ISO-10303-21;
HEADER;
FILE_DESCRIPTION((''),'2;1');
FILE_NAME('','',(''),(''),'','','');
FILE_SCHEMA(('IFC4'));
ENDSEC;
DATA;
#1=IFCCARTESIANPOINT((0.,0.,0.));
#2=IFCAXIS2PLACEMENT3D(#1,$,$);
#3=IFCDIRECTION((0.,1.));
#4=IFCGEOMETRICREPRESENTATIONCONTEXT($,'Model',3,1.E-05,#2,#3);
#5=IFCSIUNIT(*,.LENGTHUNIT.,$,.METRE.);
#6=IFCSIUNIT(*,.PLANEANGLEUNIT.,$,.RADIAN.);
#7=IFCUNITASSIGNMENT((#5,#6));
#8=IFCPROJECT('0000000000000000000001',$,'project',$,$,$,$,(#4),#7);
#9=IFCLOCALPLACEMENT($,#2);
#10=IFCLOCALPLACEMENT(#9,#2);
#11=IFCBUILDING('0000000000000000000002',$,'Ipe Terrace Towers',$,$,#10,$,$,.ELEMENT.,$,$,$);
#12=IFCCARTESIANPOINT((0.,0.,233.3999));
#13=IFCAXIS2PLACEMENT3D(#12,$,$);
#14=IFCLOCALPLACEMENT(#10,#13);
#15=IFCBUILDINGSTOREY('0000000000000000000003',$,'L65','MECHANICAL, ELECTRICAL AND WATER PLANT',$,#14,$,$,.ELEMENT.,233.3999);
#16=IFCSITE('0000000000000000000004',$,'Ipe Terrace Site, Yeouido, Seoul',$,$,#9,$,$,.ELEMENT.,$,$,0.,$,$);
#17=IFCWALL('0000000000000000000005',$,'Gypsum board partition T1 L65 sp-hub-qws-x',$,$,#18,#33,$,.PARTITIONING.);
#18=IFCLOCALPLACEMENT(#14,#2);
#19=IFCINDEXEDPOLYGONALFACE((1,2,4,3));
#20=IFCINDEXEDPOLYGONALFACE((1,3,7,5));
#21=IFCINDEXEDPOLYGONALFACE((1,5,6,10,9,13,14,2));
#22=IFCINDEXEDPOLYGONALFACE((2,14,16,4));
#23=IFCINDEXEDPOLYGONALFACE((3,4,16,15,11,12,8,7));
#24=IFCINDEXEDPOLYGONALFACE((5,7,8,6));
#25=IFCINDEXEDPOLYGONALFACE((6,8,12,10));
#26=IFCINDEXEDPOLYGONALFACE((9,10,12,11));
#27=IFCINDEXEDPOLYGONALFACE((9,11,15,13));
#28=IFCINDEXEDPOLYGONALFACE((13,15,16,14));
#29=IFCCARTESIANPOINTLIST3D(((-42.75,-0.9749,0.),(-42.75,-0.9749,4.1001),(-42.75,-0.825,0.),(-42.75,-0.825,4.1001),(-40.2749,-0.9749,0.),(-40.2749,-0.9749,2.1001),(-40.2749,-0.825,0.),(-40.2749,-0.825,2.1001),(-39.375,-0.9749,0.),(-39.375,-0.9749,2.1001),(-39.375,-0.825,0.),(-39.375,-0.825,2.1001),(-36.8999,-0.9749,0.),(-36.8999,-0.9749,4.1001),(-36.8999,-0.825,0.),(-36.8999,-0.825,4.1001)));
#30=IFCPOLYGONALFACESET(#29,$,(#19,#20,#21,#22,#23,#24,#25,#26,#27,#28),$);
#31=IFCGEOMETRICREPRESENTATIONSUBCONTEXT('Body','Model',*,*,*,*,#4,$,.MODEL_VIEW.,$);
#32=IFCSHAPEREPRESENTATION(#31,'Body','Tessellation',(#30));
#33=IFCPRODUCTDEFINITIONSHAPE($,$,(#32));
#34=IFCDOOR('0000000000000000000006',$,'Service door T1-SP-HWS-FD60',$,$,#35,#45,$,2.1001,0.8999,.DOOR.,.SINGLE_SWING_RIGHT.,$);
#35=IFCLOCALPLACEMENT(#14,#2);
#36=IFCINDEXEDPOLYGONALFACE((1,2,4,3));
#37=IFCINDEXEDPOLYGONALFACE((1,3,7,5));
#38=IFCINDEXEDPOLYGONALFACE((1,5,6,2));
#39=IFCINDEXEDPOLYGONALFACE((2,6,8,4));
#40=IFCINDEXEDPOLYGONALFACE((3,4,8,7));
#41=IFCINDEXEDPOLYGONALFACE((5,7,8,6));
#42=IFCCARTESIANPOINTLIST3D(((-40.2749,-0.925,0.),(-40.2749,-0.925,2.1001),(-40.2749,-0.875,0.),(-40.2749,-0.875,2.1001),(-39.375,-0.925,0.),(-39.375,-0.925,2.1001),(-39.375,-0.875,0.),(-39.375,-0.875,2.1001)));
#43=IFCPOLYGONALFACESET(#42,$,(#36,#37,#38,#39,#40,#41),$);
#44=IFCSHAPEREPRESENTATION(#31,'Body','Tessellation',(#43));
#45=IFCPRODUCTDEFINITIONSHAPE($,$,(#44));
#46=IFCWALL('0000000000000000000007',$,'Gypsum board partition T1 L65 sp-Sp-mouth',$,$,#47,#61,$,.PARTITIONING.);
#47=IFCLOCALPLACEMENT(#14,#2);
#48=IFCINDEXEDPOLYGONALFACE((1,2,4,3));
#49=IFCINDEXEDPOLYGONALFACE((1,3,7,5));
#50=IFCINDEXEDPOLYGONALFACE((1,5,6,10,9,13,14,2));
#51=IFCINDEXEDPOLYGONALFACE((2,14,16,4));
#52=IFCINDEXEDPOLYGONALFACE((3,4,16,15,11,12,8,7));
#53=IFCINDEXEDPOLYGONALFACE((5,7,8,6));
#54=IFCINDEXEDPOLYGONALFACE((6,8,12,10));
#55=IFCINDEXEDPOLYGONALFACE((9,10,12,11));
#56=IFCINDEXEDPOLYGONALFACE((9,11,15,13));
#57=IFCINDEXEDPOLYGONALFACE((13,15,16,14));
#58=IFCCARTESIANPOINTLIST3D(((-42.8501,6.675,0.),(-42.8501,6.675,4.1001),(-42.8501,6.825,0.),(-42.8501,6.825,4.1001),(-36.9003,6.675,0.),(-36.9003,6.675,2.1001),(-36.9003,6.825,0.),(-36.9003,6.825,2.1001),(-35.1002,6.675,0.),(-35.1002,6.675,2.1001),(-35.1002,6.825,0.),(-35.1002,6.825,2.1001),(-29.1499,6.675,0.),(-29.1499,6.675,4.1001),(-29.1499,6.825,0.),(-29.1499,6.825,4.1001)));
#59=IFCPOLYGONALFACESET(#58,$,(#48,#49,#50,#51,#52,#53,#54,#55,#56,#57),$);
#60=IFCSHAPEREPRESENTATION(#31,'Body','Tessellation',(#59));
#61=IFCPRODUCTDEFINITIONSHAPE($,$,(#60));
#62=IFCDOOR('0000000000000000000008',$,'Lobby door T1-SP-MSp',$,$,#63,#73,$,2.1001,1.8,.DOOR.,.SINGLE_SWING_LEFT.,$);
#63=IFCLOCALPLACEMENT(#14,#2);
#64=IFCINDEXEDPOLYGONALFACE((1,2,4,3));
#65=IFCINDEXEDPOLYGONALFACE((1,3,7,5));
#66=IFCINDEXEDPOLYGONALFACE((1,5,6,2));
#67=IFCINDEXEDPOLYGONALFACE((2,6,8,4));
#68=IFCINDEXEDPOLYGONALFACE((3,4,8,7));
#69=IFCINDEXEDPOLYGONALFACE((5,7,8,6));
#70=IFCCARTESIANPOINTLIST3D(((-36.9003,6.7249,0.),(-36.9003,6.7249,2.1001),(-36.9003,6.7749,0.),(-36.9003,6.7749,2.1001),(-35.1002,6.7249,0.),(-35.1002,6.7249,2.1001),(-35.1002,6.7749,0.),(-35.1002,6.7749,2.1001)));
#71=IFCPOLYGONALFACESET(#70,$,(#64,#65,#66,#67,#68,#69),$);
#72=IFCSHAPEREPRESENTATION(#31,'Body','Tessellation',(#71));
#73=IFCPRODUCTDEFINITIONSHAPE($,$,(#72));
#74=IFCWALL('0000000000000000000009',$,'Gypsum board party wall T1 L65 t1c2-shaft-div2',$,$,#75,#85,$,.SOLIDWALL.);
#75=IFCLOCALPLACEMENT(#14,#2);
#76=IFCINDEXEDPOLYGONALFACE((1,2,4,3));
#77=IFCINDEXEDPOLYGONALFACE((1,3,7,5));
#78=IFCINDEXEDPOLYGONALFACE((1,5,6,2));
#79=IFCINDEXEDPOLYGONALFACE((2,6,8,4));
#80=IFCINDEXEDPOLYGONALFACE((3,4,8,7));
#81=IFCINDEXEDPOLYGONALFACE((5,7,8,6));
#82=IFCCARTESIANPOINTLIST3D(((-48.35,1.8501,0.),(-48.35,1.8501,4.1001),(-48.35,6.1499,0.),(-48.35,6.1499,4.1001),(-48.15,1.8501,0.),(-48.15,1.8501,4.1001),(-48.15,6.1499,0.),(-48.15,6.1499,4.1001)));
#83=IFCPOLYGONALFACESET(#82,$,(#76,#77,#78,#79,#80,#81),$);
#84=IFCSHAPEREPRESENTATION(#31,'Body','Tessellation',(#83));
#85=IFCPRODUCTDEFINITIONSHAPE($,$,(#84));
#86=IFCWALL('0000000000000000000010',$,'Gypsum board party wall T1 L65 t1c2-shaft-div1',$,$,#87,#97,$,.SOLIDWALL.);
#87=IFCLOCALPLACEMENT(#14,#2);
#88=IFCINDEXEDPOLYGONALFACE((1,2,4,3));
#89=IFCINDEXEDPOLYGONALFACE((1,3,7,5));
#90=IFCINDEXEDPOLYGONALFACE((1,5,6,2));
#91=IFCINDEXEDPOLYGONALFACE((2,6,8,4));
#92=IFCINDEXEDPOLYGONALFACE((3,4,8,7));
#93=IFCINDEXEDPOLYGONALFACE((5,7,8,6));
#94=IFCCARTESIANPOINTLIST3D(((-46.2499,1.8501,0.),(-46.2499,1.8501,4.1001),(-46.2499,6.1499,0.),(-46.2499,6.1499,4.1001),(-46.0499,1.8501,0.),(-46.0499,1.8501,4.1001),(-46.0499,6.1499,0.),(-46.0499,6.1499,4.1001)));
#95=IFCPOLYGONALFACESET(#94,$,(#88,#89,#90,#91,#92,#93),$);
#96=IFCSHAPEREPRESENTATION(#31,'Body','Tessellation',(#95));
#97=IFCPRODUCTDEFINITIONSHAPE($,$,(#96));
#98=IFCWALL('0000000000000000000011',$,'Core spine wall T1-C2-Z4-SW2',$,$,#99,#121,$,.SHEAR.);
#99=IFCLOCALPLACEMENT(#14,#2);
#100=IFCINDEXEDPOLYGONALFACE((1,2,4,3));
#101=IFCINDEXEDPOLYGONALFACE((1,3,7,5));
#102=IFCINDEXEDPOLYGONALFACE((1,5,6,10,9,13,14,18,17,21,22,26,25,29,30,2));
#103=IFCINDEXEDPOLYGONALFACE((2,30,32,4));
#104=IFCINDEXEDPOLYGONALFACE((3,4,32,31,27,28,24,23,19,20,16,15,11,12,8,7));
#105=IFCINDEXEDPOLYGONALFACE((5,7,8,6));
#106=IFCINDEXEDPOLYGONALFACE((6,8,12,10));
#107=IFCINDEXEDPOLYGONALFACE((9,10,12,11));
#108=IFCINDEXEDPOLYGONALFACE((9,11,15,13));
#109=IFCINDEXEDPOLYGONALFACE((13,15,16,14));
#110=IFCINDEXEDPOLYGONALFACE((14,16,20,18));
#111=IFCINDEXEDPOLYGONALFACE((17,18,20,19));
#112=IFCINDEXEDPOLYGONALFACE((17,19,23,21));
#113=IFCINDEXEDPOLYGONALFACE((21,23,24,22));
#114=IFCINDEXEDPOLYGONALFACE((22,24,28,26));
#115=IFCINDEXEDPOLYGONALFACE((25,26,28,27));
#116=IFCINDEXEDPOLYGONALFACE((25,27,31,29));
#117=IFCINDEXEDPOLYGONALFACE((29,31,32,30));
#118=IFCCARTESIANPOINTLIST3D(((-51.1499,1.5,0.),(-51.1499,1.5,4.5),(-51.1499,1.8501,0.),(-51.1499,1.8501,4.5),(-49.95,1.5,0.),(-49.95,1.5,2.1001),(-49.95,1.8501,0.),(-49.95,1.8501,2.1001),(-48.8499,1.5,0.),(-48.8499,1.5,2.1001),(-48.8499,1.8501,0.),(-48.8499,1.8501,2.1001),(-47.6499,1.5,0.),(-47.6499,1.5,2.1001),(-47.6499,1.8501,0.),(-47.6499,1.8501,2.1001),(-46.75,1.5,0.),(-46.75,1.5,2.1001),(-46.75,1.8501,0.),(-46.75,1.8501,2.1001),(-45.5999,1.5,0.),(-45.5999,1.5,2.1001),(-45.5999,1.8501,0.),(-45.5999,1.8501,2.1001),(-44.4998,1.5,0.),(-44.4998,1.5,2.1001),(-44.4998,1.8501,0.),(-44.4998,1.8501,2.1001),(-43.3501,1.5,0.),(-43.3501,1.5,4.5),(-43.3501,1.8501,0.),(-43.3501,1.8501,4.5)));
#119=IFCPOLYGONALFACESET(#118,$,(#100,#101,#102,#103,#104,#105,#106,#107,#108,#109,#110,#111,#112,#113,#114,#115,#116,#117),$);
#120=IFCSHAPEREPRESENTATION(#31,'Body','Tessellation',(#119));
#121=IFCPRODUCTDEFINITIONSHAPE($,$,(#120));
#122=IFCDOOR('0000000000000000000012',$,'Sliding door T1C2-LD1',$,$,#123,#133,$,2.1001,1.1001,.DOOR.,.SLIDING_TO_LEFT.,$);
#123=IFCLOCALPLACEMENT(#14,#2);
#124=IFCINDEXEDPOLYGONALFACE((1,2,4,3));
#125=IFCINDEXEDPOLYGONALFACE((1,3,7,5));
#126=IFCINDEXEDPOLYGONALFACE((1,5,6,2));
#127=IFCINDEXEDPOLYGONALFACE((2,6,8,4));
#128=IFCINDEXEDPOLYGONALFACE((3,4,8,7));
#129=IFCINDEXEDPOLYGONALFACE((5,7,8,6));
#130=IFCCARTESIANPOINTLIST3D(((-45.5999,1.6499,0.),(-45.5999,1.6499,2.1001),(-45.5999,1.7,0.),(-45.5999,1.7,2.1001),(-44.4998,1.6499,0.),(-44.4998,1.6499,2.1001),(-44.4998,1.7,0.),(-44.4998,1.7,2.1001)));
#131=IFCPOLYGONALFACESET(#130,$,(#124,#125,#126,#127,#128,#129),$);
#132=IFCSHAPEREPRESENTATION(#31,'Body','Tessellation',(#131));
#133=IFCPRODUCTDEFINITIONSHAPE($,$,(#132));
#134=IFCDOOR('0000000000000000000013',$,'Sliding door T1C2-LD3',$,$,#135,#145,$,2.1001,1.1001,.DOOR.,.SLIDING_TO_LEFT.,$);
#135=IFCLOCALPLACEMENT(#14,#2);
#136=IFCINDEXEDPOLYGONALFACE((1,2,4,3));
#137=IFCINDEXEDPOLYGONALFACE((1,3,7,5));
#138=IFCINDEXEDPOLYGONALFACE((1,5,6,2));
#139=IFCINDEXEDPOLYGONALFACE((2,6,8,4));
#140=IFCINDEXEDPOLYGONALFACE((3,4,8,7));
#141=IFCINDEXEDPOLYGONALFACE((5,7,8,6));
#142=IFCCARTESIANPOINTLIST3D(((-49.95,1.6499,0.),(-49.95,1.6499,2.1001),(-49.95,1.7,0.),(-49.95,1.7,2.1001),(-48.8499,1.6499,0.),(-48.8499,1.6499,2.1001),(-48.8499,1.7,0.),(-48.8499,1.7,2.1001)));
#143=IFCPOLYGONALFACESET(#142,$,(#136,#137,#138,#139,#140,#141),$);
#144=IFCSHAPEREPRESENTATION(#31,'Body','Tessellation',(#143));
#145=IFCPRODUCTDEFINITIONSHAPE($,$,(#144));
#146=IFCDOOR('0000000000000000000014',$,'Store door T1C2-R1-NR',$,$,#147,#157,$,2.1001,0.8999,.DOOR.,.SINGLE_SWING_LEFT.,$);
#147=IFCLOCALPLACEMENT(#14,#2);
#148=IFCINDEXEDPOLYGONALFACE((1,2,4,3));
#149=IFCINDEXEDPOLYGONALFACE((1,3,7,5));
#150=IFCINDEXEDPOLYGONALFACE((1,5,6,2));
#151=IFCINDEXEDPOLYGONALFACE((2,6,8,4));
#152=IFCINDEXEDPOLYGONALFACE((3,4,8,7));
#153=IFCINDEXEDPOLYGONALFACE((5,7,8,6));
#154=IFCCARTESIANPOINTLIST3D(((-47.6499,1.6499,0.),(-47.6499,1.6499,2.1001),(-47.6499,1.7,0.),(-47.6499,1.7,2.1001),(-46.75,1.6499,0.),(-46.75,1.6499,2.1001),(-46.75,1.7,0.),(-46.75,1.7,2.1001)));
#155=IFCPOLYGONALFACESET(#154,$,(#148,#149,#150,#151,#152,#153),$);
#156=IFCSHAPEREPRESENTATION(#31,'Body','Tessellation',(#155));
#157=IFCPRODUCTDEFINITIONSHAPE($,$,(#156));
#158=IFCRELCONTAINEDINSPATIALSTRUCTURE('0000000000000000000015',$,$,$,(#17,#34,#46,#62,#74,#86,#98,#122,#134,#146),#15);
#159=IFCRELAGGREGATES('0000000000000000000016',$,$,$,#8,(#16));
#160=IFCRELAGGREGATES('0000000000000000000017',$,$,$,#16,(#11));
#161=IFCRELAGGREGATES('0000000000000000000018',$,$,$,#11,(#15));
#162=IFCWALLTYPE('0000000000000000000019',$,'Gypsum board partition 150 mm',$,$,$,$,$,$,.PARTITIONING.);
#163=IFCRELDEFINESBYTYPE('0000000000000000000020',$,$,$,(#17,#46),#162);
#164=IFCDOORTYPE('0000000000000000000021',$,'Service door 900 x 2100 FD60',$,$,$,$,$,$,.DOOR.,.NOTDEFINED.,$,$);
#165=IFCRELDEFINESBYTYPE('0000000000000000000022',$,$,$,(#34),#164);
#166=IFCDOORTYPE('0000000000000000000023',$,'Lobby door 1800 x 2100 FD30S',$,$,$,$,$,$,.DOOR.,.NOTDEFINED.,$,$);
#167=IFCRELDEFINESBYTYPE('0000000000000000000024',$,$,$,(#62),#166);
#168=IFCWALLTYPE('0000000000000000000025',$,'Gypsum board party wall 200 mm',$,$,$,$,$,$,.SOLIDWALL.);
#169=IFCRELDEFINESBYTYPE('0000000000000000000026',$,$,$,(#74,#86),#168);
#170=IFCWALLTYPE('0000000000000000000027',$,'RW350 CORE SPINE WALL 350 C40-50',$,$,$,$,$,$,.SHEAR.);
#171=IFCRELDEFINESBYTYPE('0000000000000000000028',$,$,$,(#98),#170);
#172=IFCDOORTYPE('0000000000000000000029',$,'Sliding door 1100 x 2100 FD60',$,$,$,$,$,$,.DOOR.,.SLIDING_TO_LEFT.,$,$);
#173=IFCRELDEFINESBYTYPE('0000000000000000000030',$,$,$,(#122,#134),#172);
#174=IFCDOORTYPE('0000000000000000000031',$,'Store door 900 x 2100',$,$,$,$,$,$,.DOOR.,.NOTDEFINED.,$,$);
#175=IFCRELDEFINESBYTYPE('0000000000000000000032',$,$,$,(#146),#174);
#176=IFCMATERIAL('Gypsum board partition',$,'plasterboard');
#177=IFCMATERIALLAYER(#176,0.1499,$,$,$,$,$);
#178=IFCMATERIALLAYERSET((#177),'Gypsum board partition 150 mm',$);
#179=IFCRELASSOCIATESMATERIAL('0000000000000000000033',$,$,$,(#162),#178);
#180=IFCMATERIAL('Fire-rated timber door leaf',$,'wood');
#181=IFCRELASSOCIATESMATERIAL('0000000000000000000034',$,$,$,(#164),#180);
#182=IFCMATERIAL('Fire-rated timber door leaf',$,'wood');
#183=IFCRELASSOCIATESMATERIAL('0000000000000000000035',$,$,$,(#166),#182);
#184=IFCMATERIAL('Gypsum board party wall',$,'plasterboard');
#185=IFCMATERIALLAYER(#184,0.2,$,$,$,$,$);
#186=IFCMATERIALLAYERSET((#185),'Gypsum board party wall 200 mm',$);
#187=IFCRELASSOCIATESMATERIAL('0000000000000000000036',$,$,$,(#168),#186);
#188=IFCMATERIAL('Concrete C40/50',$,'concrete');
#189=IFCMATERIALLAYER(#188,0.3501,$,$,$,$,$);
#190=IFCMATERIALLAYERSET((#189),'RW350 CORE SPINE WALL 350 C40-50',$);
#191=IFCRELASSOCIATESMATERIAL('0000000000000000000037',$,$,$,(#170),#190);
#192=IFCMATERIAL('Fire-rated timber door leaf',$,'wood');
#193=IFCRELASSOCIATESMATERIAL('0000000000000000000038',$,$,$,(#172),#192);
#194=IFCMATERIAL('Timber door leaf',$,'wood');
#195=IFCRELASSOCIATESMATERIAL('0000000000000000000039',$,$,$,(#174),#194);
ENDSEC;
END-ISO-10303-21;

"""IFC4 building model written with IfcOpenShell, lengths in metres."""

from ifc_helpers import new_model, si_unit, direction, frame, frame_2d, origin, place, context, subcontext, project, spatial, rectangle, extrude, material, layer, layer_set, type_object, element, fill, save


model = new_model("IFC4")

# Units and contexts
model_context = context("Model", 3, precision=1e-05, world=origin(), true_north=direction((0.0, 1.0)))
body_context = subcontext(model_context, "Body", "Model", "MODEL_VIEW")
ifc_project = project(units=[si_unit("LENGTHUNIT", "METRE"), si_unit("PLANEANGLEUNIT", "RADIAN")], contexts=[model_context])

# Site, building, storey
site_placement = place(None, origin())
site = spatial("IfcSite", under=ifc_project, at=site_placement, Name="Ipe Terrace Site, Yeouido, Seoul", CompositionType="ELEMENT", RefElevation=0.0)
building_placement = place(site_placement, origin())
building = spatial("IfcBuilding", under=site, at=building_placement, Name="Ipe Terrace Towers", CompositionType="ELEMENT")
storey_placement = place(building_placement, frame((0.0, 0.0, 233.3999)))
storey = spatial("IfcBuildingStorey", under=building, at=storey_placement, Name="L65", Description="MECHANICAL, ELECTRICAL AND WATER PLANT", CompositionType="ELEMENT", Elevation=233.3999)

# Walls, openings, doors
ifc_material_1 = material(Name="Gypsum board partition", Category="plasterboard")
ifc_layer_1 = layer(ifc_material_1, 0.1499)
ifc_layer_set_1 = layer_set([ifc_layer_1], Name="Gypsum board partition 150 mm")
wall_type_1 = type_object("IfcWallType", Name="Gypsum board partition 150 mm", PredefinedType="PARTITIONING", material=ifc_layer_set_1)
ifc_material_2 = material(Name="Fire-rated timber door leaf", Category="wood")
door_type_1 = type_object("IfcDoorType", Name="Service door 900 x 2100 FD60", OperationType="NOTDEFINED", PredefinedType="DOOR", material=ifc_material_2)
wall_1_placement = place(storey_placement, frame((-42.75, -0.8999, 0.0), z_axis=(0.0, 0.0, 1.0), x_axis=(1.0, 0.0, 0.0)))
wall_1 = element("IfcWall", 1, at=wall_1_placement, inside=storey, type_object=wall_type_1, Name="Gypsum board partition T1 L65 sp-hub-qws-x", PredefinedType="PARTITIONING", context=body_context, shape_type="SweptSolid", body=[
    extrude(rectangle(XDim=5.8501, YDim=0.1499, at=frame_2d((2.925, 0.0))), origin(), (0.0, 0.0, 1.0), 4.1001),
])
opening_1_placement = place(wall_1_placement, frame((2.4751, 0.0, 0.0)))
opening_1 = element("IfcOpeningElement", 2, at=opening_1_placement, cuts=wall_1, PredefinedType="OPENING", context=body_context, shape_type="SweptSolid", body=[
    extrude(rectangle(XDim=0.8999, YDim=2.1001, at=frame_2d((0.45, 1.05))), frame((0.0, 0.085, 0.0), z_axis=(0.0, -1.0, 0.0), x_axis=(1.0, 0.0, 0.0)), (0.0, 0.0, 1.0), 0.1699),
])
door_1_placement = place(opening_1_placement, origin())
door_1 = element("IfcDoor", 3, at=door_1_placement, inside=storey, type_object=door_type_1, Name="Service door T1-SP-HWS-FD60", OperationType="SINGLE_SWING_RIGHT", OverallHeight=2.1001, OverallWidth=0.8999, PredefinedType="DOOR", context=body_context, shape_type="SweptSolid", body=[
    extrude(rectangle(XDim=0.8999, YDim=2.1001, at=frame_2d((0.45, 1.05))), frame((0.0, 0.0249, 0.0), z_axis=(0.0, -1.0, 0.0), x_axis=(1.0, 0.0, 0.0)), (0.0, 0.0, 1.0), 0.05),
])
fill(opening_1, door_1)
wall_2_placement = place(storey_placement, frame((-42.8501, 6.75, 0.0), z_axis=(0.0, 0.0, 1.0), x_axis=(1.0, 0.0, 0.0)))
wall_2 = element("IfcWall", 4, at=wall_2_placement, inside=storey, type_object=wall_type_1, Name="Gypsum board partition T1 L65 sp-Sp-mouth", PredefinedType="PARTITIONING", context=body_context, shape_type="SweptSolid", body=[
    extrude(rectangle(XDim=13.7002, YDim=0.1499, at=frame_2d((6.8501, 0.0))), origin(), (0.0, 0.0, 1.0), 4.1001),
])
opening_2_placement = place(wall_2_placement, frame((5.95, 0.0, 0.0)))
opening_2 = element("IfcOpeningElement", 5, at=opening_2_placement, cuts=wall_2, PredefinedType="OPENING", context=body_context, shape_type="SweptSolid", body=[
    extrude(rectangle(XDim=1.8, YDim=2.1001, at=frame_2d((0.8999, 1.05))), frame((0.0, 0.085, 0.0), z_axis=(0.0, -1.0, 0.0), x_axis=(1.0, 0.0, 0.0)), (0.0, 0.0, 1.0), 0.1699),
])
ifc_material_3 = material(Name="Fire-rated timber door leaf", Category="wood")
door_type_2 = type_object("IfcDoorType", Name="Lobby door 1800 x 2100 FD30S", OperationType="NOTDEFINED", PredefinedType="DOOR", material=ifc_material_3)
door_2_placement = place(opening_2_placement, origin())
door_2 = element("IfcDoor", 6, at=door_2_placement, inside=storey, type_object=door_type_2, Name="Lobby door T1-SP-MSp", OperationType="SINGLE_SWING_LEFT", OverallHeight=2.1001, OverallWidth=1.8, PredefinedType="DOOR", context=body_context, shape_type="SweptSolid", body=[
    extrude(rectangle(XDim=1.8, YDim=2.1001, at=frame_2d((0.8999, 1.05))), frame((0.0, 0.0249, 0.0), z_axis=(0.0, -1.0, 0.0), x_axis=(1.0, 0.0, 0.0)), (0.0, 0.0, 1.0), 0.05),
])
fill(opening_2, door_2)

# Walls
ifc_material_4 = material(Name="Gypsum board party wall", Category="plasterboard")
ifc_layer_2 = layer(ifc_material_4, 0.2)
ifc_layer_set_2 = layer_set([ifc_layer_2], Name="Gypsum board party wall 200 mm")
wall_type_2 = type_object("IfcWallType", Name="Gypsum board party wall 200 mm", PredefinedType="SOLIDWALL", material=ifc_layer_set_2)
for number, where, z_axis, x_axis, name in (
    (7, (-48.25, 6.1499, 0.0), (0.0, 0.0, 1.0), (0.0, -1.0, 0.0), "Gypsum board party wall T1 L65 t1c2-shaft-div2"),
    (8, (-46.1499, 6.1499, 0.0), (0.0, 0.0, 1.0), (0.0, -1.0, 0.0), "Gypsum board party wall T1 L65 t1c2-shaft-div1"),
):
    element("IfcWall", number, at=place(storey_placement, frame(where, z_axis=z_axis, x_axis=x_axis)), inside=storey, type_object=wall_type_2, Name=name, PredefinedType="SOLIDWALL", context=body_context, shape_type="SweptSolid", body=[
        extrude(rectangle(XDim=4.2998, YDim=0.2, at=frame_2d((2.1499, 0.0))), origin(), (0.0, 0.0, 1.0), 4.1001),
    ])

# Wall, openings, doors
ifc_material_5 = material(Name="Concrete C40/50", Category="concrete")
ifc_layer_3 = layer(ifc_material_5, 0.3501)
ifc_layer_set_3 = layer_set([ifc_layer_3], Name="RW350 CORE SPINE WALL 350 C40-50")
wall_type_3 = type_object("IfcWallType", Name="RW350 CORE SPINE WALL 350 C40-50", PredefinedType="SHEAR", material=ifc_layer_set_3)
wall_3_placement = place(storey_placement, frame((-51.1499, 1.675, 0.0), z_axis=(0.0, 0.0, 1.0), x_axis=(1.0, 0.0, 0.0)))
wall_3 = element("IfcWall", 9, at=wall_3_placement, inside=storey, type_object=wall_type_3, Name="Core spine wall T1-C2-Z4-SW2", PredefinedType="SHEAR", context=body_context, shape_type="SweptSolid", body=[
    extrude(rectangle(XDim=7.7998, YDim=0.3501, at=frame_2d((3.8999, 0.0))), origin(), (0.0, 0.0, 1.0), 4.5),
])
opening_3_placement = place(wall_3_placement, frame((5.55, 0.0, 0.0)))
opening_3 = element("IfcOpeningElement", 10, at=opening_3_placement, cuts=wall_3, PredefinedType="OPENING", context=body_context, shape_type="SweptSolid", body=[
    extrude(rectangle(XDim=1.1001, YDim=2.1001, at=frame_2d((0.55, 1.05))), frame((0.0, 0.1851, 0.0), z_axis=(0.0, -1.0, 0.0), x_axis=(1.0, 0.0, 0.0)), (0.0, 0.0, 1.0), 0.3701),
])
opening_4_placement = place(wall_3_placement, frame((1.2, 0.0, 0.0)))
opening_4 = element("IfcOpeningElement", 11, at=opening_4_placement, cuts=wall_3, PredefinedType="OPENING", context=body_context, shape_type="SweptSolid", body=[
    extrude(rectangle(XDim=1.1001, YDim=2.1001, at=frame_2d((0.55, 1.05))), frame((0.0, 0.1851, 0.0), z_axis=(0.0, -1.0, 0.0), x_axis=(1.0, 0.0, 0.0)), (0.0, 0.0, 1.0), 0.3701),
])
opening_5_placement = place(wall_3_placement, frame((3.5, 0.0, 0.0)))
opening_5 = element("IfcOpeningElement", 12, at=opening_5_placement, cuts=wall_3, PredefinedType="OPENING", context=body_context, shape_type="SweptSolid", body=[
    extrude(rectangle(XDim=0.8999, YDim=2.1001, at=frame_2d((0.45, 1.05))), frame((0.0, 0.1851, 0.0), z_axis=(0.0, -1.0, 0.0), x_axis=(1.0, 0.0, 0.0)), (0.0, 0.0, 1.0), 0.3701),
])
ifc_material_6 = material(Name="Fire-rated timber door leaf", Category="wood")
door_type_3 = type_object("IfcDoorType", Name="Sliding door 1100 x 2100 FD60", OperationType="SLIDING_TO_LEFT", PredefinedType="DOOR", material=ifc_material_6)
door_3_placement = place(opening_3_placement, origin())
door_3 = element("IfcDoor", 13, at=door_3_placement, inside=storey, type_object=door_type_3, Name="Sliding door T1C2-LD1", OperationType="SLIDING_TO_LEFT", OverallHeight=2.1001, OverallWidth=1.1001, PredefinedType="DOOR", context=body_context, shape_type="SweptSolid", body=[
    extrude(rectangle(XDim=1.1001, YDim=2.1001, at=frame_2d((0.55, 1.05))), frame((0.0, 0.0249, 0.0), z_axis=(0.0, -1.0, 0.0), x_axis=(1.0, 0.0, 0.0)), (0.0, 0.0, 1.0), 0.05),
])
fill(opening_3, door_3)
door_4_placement = place(opening_4_placement, origin())
door_4 = element("IfcDoor", 14, at=door_4_placement, inside=storey, type_object=door_type_3, Name="Sliding door T1C2-LD3", OperationType="SLIDING_TO_LEFT", OverallHeight=2.1001, OverallWidth=1.1001, PredefinedType="DOOR", context=body_context, shape_type="SweptSolid", body=[
    extrude(rectangle(XDim=1.1001, YDim=2.1001, at=frame_2d((0.55, 1.05))), frame((0.0, 0.0249, 0.0), z_axis=(0.0, -1.0, 0.0), x_axis=(1.0, 0.0, 0.0)), (0.0, 0.0, 1.0), 0.05),
])
fill(opening_4, door_4)
ifc_material_7 = material(Name="Timber door leaf", Category="wood")
door_type_4 = type_object("IfcDoorType", Name="Store door 900 x 2100", OperationType="NOTDEFINED", PredefinedType="DOOR", material=ifc_material_7)
door_5_placement = place(opening_5_placement, origin())
door_5 = element("IfcDoor", 15, at=door_5_placement, inside=storey, type_object=door_type_4, Name="Store door T1C2-R1-NR", OperationType="SINGLE_SWING_LEFT", OverallHeight=2.1001, OverallWidth=0.8999, PredefinedType="DOOR", context=body_context, shape_type="SweptSolid", body=[
    extrude(rectangle(XDim=0.8999, YDim=2.1001, at=frame_2d((0.45, 1.05))), frame((0.0, 0.0249, 0.0), z_axis=(0.0, -1.0, 0.0), x_axis=(1.0, 0.0, 0.0)), (0.0, 0.0, 1.0), 0.05),
])
fill(opening_5, door_5)

save(model, "model.ifc")
